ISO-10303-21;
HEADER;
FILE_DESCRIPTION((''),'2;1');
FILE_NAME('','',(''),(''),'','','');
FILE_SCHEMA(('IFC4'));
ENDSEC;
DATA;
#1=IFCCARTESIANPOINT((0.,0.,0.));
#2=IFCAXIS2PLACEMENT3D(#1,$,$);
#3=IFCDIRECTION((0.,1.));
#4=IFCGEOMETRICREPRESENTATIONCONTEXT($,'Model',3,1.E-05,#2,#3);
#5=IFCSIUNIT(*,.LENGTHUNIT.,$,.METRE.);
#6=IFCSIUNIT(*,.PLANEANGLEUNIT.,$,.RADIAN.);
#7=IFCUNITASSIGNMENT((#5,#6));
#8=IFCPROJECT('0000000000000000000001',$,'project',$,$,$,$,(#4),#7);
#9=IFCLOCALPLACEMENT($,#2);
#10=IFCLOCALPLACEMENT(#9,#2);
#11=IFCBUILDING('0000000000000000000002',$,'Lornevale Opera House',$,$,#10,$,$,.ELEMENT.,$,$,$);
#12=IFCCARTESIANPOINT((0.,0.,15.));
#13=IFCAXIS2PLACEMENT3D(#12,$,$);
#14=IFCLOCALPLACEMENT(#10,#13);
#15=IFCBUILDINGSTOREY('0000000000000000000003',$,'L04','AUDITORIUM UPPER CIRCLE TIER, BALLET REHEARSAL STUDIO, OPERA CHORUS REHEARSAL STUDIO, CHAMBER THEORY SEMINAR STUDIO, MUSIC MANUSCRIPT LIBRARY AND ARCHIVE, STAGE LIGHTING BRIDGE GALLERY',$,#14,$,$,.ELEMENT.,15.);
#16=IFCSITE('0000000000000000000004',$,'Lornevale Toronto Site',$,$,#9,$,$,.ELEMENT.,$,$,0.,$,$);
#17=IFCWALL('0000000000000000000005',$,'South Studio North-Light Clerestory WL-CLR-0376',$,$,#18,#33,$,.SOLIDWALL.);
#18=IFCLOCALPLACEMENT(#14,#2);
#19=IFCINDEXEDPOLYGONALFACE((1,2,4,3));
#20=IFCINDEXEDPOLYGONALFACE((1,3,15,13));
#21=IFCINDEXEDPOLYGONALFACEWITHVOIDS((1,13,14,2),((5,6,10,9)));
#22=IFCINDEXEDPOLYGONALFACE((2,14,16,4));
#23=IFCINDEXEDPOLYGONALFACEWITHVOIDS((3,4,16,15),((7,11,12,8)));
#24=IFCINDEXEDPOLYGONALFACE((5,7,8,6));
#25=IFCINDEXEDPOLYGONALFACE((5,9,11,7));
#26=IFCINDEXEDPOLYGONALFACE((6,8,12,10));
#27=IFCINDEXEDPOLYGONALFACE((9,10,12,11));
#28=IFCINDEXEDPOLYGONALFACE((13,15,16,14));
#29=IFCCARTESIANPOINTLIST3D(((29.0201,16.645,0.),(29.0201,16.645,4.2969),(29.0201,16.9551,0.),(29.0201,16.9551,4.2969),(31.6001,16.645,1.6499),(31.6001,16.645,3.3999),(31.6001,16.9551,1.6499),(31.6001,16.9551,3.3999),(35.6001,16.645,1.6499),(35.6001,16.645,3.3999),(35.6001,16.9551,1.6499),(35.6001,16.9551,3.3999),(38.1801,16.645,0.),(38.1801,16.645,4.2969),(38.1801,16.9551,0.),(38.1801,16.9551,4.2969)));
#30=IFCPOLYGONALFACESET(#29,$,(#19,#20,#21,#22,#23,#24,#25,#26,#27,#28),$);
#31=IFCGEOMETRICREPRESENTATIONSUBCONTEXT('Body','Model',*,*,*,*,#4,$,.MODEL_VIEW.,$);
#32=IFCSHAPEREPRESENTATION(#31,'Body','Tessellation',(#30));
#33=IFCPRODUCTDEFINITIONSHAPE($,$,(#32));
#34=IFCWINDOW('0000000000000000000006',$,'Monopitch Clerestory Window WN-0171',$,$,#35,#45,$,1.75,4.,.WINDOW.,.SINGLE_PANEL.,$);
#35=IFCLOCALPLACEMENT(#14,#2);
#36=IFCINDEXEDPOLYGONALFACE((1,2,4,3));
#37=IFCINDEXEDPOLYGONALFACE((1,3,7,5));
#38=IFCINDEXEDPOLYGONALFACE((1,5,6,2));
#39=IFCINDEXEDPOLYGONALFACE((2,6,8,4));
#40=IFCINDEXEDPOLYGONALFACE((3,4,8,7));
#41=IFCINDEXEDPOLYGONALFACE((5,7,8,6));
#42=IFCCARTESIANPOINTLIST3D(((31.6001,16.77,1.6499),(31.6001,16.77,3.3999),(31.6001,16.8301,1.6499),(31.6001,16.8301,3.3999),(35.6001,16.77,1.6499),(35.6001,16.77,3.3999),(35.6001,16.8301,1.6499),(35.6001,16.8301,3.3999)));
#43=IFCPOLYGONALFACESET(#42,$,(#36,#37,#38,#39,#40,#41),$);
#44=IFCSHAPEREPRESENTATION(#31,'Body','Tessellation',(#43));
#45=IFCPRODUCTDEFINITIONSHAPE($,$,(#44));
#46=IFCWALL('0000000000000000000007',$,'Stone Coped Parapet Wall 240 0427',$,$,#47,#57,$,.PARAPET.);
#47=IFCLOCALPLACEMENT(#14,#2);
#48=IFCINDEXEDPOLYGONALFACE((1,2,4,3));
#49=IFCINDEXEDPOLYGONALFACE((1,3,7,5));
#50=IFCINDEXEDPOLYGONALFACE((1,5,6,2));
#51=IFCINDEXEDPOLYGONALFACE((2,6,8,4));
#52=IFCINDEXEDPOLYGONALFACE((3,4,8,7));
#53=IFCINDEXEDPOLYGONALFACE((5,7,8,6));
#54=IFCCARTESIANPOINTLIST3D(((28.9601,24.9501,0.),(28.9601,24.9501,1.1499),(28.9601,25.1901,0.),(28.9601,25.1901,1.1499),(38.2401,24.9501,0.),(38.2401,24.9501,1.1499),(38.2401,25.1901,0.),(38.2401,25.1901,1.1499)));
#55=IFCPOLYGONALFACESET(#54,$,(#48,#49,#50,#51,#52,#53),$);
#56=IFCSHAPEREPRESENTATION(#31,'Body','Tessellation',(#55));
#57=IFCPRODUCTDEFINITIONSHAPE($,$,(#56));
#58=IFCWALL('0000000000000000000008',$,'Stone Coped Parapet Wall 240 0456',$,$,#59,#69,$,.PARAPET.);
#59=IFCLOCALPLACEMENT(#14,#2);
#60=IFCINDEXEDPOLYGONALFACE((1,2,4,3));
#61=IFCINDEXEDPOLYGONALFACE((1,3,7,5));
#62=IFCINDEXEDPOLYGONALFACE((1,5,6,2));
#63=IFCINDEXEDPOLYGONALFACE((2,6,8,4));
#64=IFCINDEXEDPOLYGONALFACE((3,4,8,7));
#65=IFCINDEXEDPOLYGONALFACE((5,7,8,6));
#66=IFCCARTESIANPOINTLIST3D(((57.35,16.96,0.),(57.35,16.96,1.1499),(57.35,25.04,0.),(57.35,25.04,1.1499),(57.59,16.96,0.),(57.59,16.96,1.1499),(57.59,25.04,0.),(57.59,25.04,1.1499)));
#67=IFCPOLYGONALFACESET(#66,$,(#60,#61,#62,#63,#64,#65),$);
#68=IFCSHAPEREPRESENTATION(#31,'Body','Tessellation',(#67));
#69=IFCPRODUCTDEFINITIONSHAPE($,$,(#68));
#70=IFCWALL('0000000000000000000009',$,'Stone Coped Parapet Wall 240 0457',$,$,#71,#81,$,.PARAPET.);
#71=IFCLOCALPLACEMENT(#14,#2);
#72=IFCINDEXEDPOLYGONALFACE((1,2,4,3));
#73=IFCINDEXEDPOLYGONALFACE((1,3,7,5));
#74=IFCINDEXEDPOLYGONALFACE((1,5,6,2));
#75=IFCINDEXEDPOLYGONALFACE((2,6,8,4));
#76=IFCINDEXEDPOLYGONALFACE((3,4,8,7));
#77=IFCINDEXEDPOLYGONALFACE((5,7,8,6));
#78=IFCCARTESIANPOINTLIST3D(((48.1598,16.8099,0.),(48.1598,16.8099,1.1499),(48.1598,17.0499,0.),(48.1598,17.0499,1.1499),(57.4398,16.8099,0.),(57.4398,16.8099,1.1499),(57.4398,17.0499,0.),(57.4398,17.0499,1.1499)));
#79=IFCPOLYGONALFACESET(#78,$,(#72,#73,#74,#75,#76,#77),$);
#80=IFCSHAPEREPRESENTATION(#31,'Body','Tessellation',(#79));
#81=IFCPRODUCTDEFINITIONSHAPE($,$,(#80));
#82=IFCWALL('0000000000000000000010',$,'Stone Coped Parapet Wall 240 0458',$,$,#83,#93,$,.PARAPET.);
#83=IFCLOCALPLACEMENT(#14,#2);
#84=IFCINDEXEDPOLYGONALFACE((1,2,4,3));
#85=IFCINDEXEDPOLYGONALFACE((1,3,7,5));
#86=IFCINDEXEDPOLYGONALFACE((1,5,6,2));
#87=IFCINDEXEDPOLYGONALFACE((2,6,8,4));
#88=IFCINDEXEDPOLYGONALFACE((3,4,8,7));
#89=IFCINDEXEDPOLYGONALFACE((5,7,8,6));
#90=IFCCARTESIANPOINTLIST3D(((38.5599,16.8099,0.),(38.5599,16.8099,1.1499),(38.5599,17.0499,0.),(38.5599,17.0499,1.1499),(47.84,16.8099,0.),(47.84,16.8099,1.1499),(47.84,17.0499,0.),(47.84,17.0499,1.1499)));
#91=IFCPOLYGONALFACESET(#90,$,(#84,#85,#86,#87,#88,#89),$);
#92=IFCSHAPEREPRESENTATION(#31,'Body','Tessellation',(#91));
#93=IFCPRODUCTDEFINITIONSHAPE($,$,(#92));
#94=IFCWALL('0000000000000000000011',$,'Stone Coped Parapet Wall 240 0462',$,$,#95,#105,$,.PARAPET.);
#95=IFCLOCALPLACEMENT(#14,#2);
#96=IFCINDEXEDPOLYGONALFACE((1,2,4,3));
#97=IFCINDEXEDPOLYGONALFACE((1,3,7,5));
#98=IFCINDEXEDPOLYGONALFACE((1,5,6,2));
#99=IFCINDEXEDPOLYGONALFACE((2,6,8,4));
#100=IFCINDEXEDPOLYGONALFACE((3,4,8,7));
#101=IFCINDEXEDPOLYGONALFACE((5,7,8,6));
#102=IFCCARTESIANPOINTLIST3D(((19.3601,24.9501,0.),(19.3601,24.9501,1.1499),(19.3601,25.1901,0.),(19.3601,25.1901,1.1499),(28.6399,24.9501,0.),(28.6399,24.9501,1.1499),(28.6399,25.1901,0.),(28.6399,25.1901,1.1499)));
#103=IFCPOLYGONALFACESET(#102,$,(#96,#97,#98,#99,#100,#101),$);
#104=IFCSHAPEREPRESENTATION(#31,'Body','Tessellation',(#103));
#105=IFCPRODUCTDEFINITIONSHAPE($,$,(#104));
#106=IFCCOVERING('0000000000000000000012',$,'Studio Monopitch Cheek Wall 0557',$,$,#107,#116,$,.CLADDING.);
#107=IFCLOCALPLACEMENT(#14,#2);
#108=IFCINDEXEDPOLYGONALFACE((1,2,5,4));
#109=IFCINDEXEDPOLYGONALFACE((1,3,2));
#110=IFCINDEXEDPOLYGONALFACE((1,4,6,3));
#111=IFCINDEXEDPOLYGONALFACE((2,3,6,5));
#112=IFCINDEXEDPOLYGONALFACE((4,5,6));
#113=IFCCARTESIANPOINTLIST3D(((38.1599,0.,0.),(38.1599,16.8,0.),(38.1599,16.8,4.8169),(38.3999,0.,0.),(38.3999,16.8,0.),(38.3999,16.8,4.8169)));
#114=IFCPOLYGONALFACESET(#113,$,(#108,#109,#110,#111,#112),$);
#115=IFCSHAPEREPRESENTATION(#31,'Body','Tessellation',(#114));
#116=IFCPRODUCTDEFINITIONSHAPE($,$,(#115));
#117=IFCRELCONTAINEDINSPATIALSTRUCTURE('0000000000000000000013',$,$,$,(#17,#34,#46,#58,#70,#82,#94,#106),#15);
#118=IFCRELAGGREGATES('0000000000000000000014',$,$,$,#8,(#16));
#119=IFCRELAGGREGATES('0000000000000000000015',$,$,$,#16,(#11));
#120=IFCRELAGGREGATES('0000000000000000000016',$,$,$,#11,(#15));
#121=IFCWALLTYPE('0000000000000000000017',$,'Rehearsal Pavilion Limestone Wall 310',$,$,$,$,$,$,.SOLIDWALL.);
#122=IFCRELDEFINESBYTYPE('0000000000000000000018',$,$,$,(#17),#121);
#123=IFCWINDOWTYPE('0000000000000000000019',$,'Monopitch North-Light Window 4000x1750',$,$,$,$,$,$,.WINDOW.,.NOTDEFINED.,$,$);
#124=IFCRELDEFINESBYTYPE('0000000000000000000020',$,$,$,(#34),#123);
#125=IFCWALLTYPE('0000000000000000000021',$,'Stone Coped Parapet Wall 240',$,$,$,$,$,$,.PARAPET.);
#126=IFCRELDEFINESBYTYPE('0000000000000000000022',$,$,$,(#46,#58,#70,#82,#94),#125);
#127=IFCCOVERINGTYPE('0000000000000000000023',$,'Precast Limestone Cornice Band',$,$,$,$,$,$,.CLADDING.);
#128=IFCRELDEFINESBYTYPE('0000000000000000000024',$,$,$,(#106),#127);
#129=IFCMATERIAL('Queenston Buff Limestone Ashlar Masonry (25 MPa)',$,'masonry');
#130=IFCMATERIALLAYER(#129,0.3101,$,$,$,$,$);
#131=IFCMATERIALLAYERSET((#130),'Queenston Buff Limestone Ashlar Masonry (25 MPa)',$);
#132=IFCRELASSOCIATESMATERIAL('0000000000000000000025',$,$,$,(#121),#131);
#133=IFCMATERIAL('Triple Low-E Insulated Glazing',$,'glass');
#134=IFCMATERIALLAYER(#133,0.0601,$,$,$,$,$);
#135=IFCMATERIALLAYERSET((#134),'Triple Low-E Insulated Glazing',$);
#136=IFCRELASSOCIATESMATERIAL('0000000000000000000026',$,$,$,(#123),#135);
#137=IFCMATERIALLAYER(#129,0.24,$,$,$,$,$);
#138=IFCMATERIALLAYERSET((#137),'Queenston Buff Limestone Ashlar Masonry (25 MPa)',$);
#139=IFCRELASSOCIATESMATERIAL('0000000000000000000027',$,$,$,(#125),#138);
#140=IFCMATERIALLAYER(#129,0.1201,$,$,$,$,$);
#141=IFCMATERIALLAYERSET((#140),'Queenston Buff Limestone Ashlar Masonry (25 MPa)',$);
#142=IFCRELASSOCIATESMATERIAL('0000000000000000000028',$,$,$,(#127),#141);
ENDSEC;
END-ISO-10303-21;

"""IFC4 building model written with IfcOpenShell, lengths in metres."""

from ifc_helpers import new_model, si_unit, direction, frame, frame_2d, origin, place, context, subcontext, project, spatial, polyline, rectangle, outline, extrude, material, layer, layer_set, type_object, element, fill, save


model = new_model("IFC4")

# Units and contexts
model_context = context("Model", 3, precision=1e-05, world=origin(), true_north=direction((0.0, 1.0)))
body_context = subcontext(model_context, "Body", "Model", "MODEL_VIEW")
ifc_project = project(units=[si_unit("LENGTHUNIT", "METRE"), si_unit("PLANEANGLEUNIT", "RADIAN")], contexts=[model_context])

# Site, building, storey
site_placement = place(None, origin())
site = spatial("IfcSite", under=ifc_project, at=site_placement, Name="Lornevale Toronto Site", CompositionType="ELEMENT", RefElevation=0.0)
building_placement = place(site_placement, origin())
building = spatial("IfcBuilding", under=site, at=building_placement, Name="Lornevale Opera House", CompositionType="ELEMENT")
storey_placement = place(building_placement, frame((0.0, 0.0, 15.0)))
storey = spatial("IfcBuildingStorey", under=building, at=storey_placement, Name="L04", Description="AUDITORIUM UPPER CIRCLE TIER, BALLET REHEARSAL STUDIO, OPERA CHORUS REHEARSAL STUDIO, CHAMBER THEORY SEMINAR STUDIO, MUSIC MANUSCRIPT LIBRARY AND ARCHIVE, STAGE LIGHTING BRIDGE GALLERY", CompositionType="ELEMENT", Elevation=15.0)

# Wall, opening, window
ifc_material_1 = material(Name="Queenston Buff Limestone Ashlar Masonry (25 MPa)", Category="masonry")
ifc_layer_1 = layer(ifc_material_1, 0.3101)
ifc_layer_set_1 = layer_set([ifc_layer_1], Name="Queenston Buff Limestone Ashlar Masonry (25 MPa)")
wall_type_1 = type_object("IfcWallType", Name="Rehearsal Pavilion Limestone Wall 310", PredefinedType="SOLIDWALL", material=ifc_layer_set_1)
ifc_material_2 = material(Name="Triple Low-E Insulated Glazing", Category="glass")
ifc_layer_2 = layer(ifc_material_2, 0.0601)
ifc_layer_set_2 = layer_set([ifc_layer_2], Name="Triple Low-E Insulated Glazing")
window_type = type_object("IfcWindowType", Name="Monopitch North-Light Window 4000x1750", PartitioningType="NOTDEFINED", PredefinedType="WINDOW", material=ifc_layer_set_2)
wall_1_placement = place(storey_placement, frame((29.02, 16.8, 0.0), z_axis=(0.0, 0.0, 1.0), x_axis=(1.0, 0.0, 0.0)))
wall_1 = element("IfcWall", 1, at=wall_1_placement, inside=storey, type_object=wall_type_1, Name="South Studio North-Light Clerestory WL-CLR-0376", PredefinedType="SOLIDWALL", context=body_context, shape_type="SweptSolid", body=[
    extrude(rectangle(XDim=9.1599, YDim=0.3101, at=frame_2d((4.5801, 0.0))), origin(), (0.0, 0.0, 1.0), 4.2969),
])
opening_1_placement = place(wall_1_placement, frame((2.5801, 0.0, 1.6499)))
opening_1 = element("IfcOpeningElement", 2, at=opening_1_placement, cuts=wall_1, PredefinedType="OPENING", context=body_context, shape_type="SweptSolid", body=[
    extrude(rectangle(XDim=4.0, YDim=1.75, at=frame_2d((2.0, 0.875))), frame((0.0, 0.165, 0.0), z_axis=(0.0, -1.0, 0.0), x_axis=(1.0, 0.0, 0.0)), (0.0, 0.0, 1.0), 0.3301),
])
window_1_placement = place(opening_1_placement, origin())
window_1 = element("IfcWindow", 3, at=window_1_placement, inside=storey, type_object=window_type, Name="Monopitch Clerestory Window WN-0171", OverallHeight=1.75, OverallWidth=4.0, PartitioningType="SINGLE_PANEL", PredefinedType="WINDOW", context=body_context, shape_type="SweptSolid", body=[
    extrude(rectangle(XDim=4.0, YDim=1.75, at=frame_2d((2.0, 0.875))), frame((0.0, 0.03, 0.0), z_axis=(0.0, -1.0, 0.0), x_axis=(1.0, 0.0, 0.0)), (0.0, 0.0, 1.0), 0.0601),
])
fill(opening_1, window_1)

# Walls
ifc_layer_3 = layer(ifc_material_1, 0.24)
ifc_layer_set_3 = layer_set([ifc_layer_3], Name="Queenston Buff Limestone Ashlar Masonry (25 MPa)")
wall_type_2 = type_object("IfcWallType", Name="Stone Coped Parapet Wall 240", PredefinedType="PARAPET", material=ifc_layer_set_3)
wall_2_placement = place(storey_placement, frame((28.96, 25.0701, 0.0), z_axis=(0.0, 0.0, 1.0), x_axis=(1.0, 0.0, 0.0)))
element("IfcWall", 4, at=wall_2_placement, inside=storey, type_object=wall_type_2, Name="Stone Coped Parapet Wall 240 0427", PredefinedType="PARAPET", context=body_context, shape_type="SweptSolid", body=[
    extrude(rectangle(XDim=9.28, YDim=0.24, at=frame_2d((4.6401, 0.0))), origin(), (0.0, 0.0, 1.0), 1.1499),
])
wall_3_placement = place(storey_placement, frame((57.47, 25.04, 0.0), z_axis=(0.0, 0.0, 1.0), x_axis=(0.0, -1.0, 0.0)))
element("IfcWall", 5, at=wall_3_placement, inside=storey, type_object=wall_type_2, Name="Stone Coped Parapet Wall 240 0456", PredefinedType="PARAPET", context=body_context, shape_type="SweptSolid", body=[
    extrude(rectangle(XDim=8.0801, YDim=0.24, at=frame_2d((4.04, 0.0))), origin(), (0.0, 0.0, 1.0), 1.1499),
])
for number, where, z_axis, x_axis, name in (
    (6, (57.4399, 16.9299, 0.0), (0.0, 0.0, 1.0), (-1.0, 0.0, 0.0), "Stone Coped Parapet Wall 240 0457"),
    (7, (47.8401, 16.9299, 0.0), (0.0, 0.0, 1.0), (-1.0, 0.0, 0.0), "Stone Coped Parapet Wall 240 0458"),
):
    element("IfcWall", number, at=place(storey_placement, frame(where, z_axis=z_axis, x_axis=x_axis)), inside=storey, type_object=wall_type_2, Name=name, PredefinedType="PARAPET", context=body_context, shape_type="SweptSolid", body=[
        extrude(rectangle(XDim=9.28, YDim=0.24, at=frame_2d((4.6401, 0.0))), origin(), (0.0, 0.0, 1.0), 1.1499),
    ])
wall_4_placement = place(storey_placement, frame((19.3601, 25.0701, 0.0), z_axis=(0.0, 0.0, 1.0), x_axis=(1.0, 0.0, 0.0)))
element("IfcWall", 8, at=wall_4_placement, inside=storey, type_object=wall_type_2, Name="Stone Coped Parapet Wall 240 0462", PredefinedType="PARAPET", context=body_context, shape_type="SweptSolid", body=[
    extrude(rectangle(XDim=9.2798, YDim=0.24, at=frame_2d((4.6399, 0.0))), origin(), (0.0, 0.0, 1.0), 1.1499),
])

# Covering
ifc_layer_4 = layer(ifc_material_1, 0.1201)
ifc_layer_set_4 = layer_set([ifc_layer_4], Name="Queenston Buff Limestone Ashlar Masonry (25 MPa)")
covering_type = type_object("IfcCoveringType", Name="Precast Limestone Cornice Band", PredefinedType="CLADDING", material=ifc_layer_set_4)
covering_placement = place(storey_placement, frame((38.3999, 0.0, 0.0), z_axis=(1.0, 0.0, 0.0), x_axis=(0.0, 1.0, 0.0)))
element("IfcCovering", 9, at=covering_placement, inside=storey, type_object=covering_type, Name="Studio Monopitch Cheek Wall 0557", PredefinedType="CLADDING", context=body_context, shape_type="SweptSolid", body=[
    extrude(outline(polyline([(0.0, 0.0), (16.8, 0.0), (16.8, 4.8169), (0.0, 0.0)])), origin(), (0.0, 0.0, -1.0), 0.24),
])

save(model, "model.ifc")
